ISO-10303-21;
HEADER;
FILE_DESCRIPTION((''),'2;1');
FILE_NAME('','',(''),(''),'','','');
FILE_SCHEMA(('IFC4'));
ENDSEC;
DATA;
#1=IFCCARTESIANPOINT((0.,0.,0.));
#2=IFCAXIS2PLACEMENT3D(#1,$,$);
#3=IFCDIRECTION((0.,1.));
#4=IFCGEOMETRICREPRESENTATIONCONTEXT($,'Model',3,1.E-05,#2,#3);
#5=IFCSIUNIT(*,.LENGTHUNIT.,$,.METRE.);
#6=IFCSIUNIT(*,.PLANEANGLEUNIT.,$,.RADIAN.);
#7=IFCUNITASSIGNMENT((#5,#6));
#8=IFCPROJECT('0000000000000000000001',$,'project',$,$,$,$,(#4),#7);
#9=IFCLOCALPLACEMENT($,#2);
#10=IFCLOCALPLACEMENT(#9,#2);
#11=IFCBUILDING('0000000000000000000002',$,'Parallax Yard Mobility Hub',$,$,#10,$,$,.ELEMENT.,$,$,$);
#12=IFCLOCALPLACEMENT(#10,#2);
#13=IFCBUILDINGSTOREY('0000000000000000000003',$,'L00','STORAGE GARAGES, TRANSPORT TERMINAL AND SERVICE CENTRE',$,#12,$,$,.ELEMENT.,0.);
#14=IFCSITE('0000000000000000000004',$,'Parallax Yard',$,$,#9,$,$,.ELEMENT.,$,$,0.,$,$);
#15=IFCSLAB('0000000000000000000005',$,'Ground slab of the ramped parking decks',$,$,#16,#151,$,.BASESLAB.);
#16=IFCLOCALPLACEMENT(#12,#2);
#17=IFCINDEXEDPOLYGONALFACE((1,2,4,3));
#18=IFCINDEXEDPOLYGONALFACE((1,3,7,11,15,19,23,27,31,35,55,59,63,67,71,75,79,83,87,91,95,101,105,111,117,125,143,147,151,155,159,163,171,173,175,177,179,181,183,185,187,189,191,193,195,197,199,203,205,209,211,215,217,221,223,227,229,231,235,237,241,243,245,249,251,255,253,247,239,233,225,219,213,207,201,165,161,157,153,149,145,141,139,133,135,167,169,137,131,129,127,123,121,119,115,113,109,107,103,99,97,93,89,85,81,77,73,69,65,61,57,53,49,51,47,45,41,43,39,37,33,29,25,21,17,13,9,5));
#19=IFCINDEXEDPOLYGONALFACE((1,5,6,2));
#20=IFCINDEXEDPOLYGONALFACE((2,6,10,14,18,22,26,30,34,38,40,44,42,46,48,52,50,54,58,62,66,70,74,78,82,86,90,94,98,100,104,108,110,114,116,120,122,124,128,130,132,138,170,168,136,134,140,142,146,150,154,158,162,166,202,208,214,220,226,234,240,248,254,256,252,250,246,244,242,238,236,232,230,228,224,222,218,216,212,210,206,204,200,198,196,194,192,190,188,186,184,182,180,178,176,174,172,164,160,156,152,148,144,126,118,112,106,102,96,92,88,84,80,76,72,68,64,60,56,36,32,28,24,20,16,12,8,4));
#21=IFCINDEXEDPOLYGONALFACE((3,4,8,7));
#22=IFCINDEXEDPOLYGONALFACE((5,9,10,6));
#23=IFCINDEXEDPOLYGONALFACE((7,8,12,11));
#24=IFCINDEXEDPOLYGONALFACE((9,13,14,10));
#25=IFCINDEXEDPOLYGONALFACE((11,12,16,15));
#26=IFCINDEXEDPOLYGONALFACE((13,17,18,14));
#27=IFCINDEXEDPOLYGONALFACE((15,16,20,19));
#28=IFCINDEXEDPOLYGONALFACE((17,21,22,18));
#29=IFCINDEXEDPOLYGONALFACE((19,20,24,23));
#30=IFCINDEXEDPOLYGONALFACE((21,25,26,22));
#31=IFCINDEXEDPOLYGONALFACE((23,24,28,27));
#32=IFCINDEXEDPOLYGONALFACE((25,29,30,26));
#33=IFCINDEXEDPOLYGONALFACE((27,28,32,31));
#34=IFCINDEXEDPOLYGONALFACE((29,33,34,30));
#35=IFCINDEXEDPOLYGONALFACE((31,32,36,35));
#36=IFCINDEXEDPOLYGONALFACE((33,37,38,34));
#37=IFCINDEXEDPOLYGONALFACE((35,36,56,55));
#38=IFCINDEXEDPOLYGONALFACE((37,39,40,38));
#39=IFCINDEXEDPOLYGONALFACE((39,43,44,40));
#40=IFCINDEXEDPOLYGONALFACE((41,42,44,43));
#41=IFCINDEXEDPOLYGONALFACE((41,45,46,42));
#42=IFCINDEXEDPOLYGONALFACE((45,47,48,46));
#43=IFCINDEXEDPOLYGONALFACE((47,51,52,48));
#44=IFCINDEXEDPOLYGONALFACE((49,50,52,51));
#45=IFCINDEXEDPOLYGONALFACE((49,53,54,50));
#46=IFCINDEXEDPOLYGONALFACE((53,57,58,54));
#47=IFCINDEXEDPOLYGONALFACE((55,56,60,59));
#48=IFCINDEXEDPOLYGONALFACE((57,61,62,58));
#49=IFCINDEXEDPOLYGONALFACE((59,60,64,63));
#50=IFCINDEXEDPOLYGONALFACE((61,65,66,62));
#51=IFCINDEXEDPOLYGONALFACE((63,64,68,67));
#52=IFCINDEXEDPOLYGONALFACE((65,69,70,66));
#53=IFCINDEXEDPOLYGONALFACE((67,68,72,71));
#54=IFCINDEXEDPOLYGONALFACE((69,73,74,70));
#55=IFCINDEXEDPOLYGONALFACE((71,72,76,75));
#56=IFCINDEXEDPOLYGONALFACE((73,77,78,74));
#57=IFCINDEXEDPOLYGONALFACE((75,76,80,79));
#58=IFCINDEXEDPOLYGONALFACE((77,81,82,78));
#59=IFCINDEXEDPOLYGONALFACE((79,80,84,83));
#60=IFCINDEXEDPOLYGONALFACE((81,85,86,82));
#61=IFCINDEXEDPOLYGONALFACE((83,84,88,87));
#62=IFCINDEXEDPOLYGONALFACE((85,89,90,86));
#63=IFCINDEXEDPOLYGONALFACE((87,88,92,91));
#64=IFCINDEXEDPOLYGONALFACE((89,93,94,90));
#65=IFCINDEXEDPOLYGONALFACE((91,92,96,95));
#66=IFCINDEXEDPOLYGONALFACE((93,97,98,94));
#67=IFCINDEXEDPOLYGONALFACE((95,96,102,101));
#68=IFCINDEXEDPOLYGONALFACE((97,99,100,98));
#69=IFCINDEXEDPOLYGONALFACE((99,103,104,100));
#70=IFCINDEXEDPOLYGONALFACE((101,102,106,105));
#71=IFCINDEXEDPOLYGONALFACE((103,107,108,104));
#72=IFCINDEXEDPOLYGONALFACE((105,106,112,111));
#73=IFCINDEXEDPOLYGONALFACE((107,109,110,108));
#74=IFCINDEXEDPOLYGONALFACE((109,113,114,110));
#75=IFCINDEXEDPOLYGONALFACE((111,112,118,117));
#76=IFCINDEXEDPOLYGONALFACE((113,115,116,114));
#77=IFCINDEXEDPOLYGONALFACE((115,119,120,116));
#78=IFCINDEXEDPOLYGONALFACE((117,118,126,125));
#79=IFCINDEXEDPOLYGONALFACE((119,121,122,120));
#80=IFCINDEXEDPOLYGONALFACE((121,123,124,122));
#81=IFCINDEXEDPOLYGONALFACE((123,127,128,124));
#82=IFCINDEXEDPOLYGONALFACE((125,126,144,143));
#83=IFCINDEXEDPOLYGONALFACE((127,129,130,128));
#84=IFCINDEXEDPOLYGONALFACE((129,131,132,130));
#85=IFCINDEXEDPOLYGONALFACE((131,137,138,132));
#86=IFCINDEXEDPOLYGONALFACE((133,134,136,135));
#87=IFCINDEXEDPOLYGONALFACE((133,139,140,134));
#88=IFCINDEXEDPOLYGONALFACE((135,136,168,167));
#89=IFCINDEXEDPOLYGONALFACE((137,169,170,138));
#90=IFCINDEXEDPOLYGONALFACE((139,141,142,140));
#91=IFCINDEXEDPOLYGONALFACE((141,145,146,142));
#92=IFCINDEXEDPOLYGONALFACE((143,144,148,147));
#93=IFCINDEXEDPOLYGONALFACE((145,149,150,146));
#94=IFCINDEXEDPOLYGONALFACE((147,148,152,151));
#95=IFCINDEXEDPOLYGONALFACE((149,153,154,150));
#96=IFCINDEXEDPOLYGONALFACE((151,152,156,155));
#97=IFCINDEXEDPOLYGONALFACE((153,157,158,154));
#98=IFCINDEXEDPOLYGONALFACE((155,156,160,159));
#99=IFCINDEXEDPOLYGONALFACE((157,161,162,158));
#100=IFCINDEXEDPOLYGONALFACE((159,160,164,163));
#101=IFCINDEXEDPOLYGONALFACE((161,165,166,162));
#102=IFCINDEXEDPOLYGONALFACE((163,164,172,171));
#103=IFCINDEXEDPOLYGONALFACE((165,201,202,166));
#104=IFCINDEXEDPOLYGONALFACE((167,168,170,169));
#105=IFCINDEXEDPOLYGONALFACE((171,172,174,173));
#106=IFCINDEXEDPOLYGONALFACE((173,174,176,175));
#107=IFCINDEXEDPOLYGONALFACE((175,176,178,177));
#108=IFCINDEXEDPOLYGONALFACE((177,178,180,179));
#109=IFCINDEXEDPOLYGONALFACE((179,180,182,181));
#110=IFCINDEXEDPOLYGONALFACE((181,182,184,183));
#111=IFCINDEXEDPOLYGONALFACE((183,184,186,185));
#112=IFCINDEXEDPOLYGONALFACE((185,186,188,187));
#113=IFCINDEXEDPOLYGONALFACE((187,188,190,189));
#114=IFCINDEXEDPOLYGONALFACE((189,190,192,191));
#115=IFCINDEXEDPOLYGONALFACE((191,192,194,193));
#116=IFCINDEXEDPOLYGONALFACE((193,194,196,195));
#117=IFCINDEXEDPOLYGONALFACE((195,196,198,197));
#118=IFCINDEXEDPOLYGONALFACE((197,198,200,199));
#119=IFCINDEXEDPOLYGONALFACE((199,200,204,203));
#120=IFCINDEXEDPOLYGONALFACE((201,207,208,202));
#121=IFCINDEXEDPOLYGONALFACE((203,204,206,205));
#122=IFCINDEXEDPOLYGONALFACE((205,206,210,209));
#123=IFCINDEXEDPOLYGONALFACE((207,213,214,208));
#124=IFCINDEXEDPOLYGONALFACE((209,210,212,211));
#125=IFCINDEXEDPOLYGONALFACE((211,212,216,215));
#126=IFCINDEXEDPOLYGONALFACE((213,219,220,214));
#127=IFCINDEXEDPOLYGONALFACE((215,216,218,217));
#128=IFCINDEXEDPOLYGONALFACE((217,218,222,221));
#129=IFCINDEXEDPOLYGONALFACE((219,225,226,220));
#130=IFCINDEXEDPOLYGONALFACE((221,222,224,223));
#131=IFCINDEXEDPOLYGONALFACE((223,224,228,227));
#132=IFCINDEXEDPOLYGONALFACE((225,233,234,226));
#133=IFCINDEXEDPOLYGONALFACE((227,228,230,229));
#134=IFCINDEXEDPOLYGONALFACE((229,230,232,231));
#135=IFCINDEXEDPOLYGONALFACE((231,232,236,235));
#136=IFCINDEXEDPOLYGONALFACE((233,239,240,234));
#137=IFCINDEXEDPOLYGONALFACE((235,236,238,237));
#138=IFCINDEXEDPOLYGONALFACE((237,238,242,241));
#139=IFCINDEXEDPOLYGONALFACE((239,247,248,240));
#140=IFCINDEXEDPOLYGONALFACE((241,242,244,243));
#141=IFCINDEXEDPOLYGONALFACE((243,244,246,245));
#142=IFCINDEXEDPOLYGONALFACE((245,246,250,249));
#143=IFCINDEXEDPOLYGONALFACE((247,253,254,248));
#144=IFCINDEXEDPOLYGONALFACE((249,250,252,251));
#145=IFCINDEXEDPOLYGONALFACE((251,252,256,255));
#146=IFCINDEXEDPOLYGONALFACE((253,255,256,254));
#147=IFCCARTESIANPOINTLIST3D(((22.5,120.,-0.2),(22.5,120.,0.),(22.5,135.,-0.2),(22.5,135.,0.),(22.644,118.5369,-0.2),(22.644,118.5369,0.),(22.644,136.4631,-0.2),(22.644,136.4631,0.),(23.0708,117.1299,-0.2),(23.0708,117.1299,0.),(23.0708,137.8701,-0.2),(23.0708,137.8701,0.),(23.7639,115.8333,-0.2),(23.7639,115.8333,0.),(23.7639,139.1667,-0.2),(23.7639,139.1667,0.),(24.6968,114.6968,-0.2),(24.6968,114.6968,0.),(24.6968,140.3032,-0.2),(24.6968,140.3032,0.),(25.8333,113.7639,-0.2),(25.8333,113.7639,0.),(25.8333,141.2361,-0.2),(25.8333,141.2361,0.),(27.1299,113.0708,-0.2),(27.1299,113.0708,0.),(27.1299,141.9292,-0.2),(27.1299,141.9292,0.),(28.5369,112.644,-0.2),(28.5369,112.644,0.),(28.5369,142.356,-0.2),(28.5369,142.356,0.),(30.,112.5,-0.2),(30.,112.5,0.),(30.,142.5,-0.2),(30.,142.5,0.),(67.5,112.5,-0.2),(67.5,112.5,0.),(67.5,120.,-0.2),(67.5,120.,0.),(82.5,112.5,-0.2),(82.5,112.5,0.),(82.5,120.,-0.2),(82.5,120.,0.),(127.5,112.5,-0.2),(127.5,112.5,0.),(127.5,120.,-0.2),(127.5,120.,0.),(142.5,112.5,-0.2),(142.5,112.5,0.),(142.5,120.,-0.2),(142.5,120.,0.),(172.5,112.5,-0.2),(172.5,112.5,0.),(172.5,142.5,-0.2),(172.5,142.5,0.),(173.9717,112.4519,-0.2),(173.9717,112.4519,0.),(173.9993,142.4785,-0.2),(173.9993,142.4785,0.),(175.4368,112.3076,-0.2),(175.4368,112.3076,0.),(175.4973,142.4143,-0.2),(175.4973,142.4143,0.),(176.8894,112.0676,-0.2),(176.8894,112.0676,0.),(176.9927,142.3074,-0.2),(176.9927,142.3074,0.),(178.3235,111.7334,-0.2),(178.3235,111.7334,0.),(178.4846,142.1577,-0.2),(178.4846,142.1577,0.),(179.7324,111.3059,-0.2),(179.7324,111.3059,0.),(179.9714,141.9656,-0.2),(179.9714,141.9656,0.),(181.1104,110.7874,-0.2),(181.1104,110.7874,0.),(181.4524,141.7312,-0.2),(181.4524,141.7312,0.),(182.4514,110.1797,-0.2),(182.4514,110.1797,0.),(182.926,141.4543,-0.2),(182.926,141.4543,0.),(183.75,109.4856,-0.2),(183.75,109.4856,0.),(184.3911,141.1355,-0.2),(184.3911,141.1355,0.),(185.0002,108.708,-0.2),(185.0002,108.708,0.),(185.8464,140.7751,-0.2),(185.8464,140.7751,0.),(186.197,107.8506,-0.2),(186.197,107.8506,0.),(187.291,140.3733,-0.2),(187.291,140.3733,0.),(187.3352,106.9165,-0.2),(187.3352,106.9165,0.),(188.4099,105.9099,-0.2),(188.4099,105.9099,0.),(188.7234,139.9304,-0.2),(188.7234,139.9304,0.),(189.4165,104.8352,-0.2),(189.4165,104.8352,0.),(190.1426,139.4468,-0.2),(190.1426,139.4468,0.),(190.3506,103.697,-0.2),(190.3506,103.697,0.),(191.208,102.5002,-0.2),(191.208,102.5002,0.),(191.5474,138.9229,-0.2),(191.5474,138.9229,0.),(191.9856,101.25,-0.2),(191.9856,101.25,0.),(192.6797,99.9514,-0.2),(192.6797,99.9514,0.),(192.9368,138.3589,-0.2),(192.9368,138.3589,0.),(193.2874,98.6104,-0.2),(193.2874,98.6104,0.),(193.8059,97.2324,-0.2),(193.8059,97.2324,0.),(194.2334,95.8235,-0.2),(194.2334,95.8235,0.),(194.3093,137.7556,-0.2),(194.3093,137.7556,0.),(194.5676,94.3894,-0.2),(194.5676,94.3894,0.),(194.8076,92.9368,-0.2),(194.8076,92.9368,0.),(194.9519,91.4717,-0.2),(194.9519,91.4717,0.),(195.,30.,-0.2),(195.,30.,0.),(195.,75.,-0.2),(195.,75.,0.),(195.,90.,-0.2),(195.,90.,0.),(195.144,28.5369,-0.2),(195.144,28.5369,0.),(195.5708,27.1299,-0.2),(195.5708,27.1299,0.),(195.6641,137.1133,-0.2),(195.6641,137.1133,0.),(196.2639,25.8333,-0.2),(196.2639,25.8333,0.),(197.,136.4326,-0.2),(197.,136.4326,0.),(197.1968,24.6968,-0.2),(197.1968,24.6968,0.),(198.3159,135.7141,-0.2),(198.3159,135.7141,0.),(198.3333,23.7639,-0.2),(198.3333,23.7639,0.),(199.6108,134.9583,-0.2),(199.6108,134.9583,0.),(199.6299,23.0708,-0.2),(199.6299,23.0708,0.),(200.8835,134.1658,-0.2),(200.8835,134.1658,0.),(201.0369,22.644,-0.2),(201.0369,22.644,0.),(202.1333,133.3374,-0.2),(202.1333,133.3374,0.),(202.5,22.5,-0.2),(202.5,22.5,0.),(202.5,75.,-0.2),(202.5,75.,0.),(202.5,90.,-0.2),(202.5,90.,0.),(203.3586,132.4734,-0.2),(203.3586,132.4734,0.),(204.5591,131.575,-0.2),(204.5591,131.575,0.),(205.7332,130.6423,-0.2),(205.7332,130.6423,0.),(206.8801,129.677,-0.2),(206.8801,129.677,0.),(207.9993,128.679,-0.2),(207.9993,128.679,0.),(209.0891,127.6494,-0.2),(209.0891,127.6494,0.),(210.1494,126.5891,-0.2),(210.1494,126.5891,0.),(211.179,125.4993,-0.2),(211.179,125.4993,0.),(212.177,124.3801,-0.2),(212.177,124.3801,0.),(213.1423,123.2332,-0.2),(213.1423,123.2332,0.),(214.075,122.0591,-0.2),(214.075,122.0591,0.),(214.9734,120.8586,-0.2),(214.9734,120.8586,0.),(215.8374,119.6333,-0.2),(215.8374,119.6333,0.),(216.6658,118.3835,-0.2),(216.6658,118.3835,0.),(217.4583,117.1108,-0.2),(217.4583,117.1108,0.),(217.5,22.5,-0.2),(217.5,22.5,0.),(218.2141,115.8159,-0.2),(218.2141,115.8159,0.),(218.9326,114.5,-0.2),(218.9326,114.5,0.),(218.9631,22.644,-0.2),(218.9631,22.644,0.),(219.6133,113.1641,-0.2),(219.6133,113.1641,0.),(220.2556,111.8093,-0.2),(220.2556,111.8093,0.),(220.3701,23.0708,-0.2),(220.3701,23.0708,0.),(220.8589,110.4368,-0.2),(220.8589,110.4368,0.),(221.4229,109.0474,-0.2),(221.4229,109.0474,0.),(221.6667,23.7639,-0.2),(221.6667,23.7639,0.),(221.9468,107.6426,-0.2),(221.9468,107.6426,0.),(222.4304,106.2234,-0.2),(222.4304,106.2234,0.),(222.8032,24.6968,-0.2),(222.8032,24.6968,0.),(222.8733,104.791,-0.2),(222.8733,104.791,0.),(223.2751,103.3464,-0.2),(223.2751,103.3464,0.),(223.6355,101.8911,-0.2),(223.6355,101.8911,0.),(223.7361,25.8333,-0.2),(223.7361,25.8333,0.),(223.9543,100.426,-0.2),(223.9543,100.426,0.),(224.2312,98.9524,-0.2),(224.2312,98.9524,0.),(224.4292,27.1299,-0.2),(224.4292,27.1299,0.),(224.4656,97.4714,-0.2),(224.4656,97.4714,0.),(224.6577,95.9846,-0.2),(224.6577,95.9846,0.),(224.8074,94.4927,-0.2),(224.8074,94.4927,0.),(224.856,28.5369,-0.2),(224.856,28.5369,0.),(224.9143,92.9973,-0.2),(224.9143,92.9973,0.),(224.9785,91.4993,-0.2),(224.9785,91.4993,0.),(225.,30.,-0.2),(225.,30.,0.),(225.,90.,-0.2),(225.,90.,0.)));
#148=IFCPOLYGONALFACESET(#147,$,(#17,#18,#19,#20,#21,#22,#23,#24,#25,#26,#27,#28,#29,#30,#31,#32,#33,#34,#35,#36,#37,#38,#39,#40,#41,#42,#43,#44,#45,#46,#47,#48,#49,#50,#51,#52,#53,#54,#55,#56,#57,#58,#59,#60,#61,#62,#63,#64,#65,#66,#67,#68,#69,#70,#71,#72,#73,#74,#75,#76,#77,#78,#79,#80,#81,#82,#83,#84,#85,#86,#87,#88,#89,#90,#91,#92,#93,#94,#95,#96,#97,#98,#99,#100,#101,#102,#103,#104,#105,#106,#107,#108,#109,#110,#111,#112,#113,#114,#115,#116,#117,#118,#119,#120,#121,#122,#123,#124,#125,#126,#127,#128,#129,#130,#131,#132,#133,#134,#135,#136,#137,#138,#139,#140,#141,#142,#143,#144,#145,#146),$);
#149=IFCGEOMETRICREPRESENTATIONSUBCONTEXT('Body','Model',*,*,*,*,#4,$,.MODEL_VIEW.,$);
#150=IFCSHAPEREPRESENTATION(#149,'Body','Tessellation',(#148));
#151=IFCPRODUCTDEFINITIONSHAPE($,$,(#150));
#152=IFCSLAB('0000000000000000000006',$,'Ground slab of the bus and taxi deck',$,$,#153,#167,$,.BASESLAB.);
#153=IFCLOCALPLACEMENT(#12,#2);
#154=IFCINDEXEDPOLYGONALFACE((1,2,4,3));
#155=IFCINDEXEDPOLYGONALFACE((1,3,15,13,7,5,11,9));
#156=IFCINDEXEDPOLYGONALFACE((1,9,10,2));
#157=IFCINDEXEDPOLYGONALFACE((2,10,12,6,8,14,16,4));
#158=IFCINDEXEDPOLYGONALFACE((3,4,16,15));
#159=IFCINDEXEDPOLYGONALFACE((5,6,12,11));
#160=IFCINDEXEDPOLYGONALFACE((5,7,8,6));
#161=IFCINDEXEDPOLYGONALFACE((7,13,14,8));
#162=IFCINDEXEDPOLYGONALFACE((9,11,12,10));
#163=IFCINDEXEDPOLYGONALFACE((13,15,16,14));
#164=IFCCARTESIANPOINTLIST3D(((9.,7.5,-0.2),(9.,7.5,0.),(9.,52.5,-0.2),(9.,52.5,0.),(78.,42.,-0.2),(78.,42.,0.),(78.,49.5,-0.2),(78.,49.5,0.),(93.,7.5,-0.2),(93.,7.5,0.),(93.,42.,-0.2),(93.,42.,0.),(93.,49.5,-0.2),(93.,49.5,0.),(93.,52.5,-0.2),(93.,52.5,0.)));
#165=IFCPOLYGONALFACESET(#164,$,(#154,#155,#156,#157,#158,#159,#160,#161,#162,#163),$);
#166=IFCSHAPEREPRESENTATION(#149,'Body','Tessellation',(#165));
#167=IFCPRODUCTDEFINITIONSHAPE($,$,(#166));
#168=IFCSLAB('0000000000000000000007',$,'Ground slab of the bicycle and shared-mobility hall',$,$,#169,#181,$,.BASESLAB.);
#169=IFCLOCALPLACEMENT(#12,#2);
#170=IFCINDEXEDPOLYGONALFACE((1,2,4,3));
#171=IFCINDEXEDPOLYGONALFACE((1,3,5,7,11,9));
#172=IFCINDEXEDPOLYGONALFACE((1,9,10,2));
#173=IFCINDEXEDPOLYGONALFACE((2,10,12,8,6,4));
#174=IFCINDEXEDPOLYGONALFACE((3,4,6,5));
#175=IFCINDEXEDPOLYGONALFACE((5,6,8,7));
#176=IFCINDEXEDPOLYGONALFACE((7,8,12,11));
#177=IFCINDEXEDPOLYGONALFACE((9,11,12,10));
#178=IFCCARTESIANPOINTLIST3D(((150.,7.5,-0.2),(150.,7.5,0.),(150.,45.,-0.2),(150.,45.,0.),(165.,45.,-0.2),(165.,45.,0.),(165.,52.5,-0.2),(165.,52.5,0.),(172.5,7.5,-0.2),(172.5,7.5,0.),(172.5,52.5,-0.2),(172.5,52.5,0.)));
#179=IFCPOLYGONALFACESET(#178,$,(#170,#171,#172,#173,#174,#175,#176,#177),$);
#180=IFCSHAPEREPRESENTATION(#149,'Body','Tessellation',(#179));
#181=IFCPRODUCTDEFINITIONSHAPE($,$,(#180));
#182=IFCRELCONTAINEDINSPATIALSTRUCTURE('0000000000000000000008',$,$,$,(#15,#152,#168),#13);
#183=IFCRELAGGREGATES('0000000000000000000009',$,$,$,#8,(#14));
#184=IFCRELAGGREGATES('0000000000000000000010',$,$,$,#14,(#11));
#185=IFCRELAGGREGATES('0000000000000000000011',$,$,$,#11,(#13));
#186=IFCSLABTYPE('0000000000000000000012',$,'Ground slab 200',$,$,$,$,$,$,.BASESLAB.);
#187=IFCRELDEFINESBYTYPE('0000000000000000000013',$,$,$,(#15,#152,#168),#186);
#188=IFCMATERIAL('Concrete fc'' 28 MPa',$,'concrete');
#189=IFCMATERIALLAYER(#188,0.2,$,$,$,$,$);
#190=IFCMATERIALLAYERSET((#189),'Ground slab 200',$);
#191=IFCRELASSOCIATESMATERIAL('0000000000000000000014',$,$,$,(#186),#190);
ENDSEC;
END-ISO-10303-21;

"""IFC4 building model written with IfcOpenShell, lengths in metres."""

from ifc_helpers import new_model, si_unit, direction, frame, origin, place, context, subcontext, project, spatial, polyline, outline, extrude, material, layer, layer_set, type_object, element, save


model = new_model("IFC4")

# Units and contexts
model_context = context("Model", 3, precision=1e-05, world=origin(), true_north=direction((0.0, 1.0)))
body_context = subcontext(model_context, "Body", "Model", "MODEL_VIEW")
ifc_project = project(units=[si_unit("LENGTHUNIT", "METRE"), si_unit("PLANEANGLEUNIT", "RADIAN")], contexts=[model_context])

# Site, building, storey
site_placement = place(None, origin())
site = spatial("IfcSite", under=ifc_project, at=site_placement, Name="Parallax Yard", CompositionType="ELEMENT", RefElevation=0.0)
building_placement = place(site_placement, origin())
building = spatial("IfcBuilding", under=site, at=building_placement, Name="Parallax Yard Mobility Hub", CompositionType="ELEMENT")
storey_placement = place(building_placement, origin())
storey = spatial("IfcBuildingStorey", under=building, at=storey_placement, Name="L00", Description="STORAGE GARAGES, TRANSPORT TERMINAL AND SERVICE CENTRE", CompositionType="ELEMENT", Elevation=0.0)

# Slabs
ifc_material_1 = material(Name="Concrete fc' 28 MPa", Category="concrete")
ifc_layer_1 = layer(ifc_material_1, 0.2)
ifc_layer_set_1 = layer_set([ifc_layer_1], Name="Ground slab 200")
slab_type_1 = type_object("IfcSlabType", Name="Ground slab 200", PredefinedType="BASESLAB", material=ifc_layer_set_1)
slab_1_placement = place(storey_placement, frame((0.0, 0.0, -0.2)))
element("IfcSlab", 1, at=slab_1_placement, inside=storey, type_object=slab_type_1, Name="Ground slab of the ramped parking decks", PredefinedType="BASESLAB", context=body_context, shape_type="SweptSolid", body=[
    extrude(outline(polyline([(25.8333, 141.2361), (24.6968, 140.3032), (23.7639, 139.1667), (23.0708, 137.8701), (22.644, 136.4631), (22.5, 135.0), (22.5, 120.0), (22.644, 118.5369), (23.0708, 117.1299), (23.7639, 115.8333), (24.6968, 114.6968), (25.8333, 113.7639), (27.1299, 113.0708), (28.5369, 112.644), (30.0, 112.5), (67.5, 112.5), (67.5, 120.0), (82.5, 120.0), (82.5, 112.5), (127.5, 112.5), (127.5, 120.0), (142.5, 120.0), (142.5, 112.5), (172.5, 112.5), (173.9717, 112.4519), (175.4368, 112.3076), (176.8894, 112.0676), (178.3235, 111.7334), (179.7324, 111.3059), (181.1104, 110.7874), (182.4514, 110.1797), (183.75, 109.4856), (185.0002, 108.708), (186.197, 107.8506), (187.3352, 106.9165), (188.4099, 105.9099), (189.4165, 104.8352), (190.3506, 103.697), (191.208, 102.5002), (191.9856, 101.25), (192.6797, 99.9514), (193.2874, 98.6104), (193.8059, 97.2324), (194.2334, 95.8235), (194.5676, 94.3894), (194.8076, 92.9368), (194.9519, 91.4717), (195.0, 90.0), (202.5, 90.0), (202.5, 75.0), (195.0, 75.0), (195.0, 30.0), (195.144, 28.5369), (195.5708, 27.1299), (196.2639, 25.8333), (197.1968, 24.6968), (198.3333, 23.7639), (199.6299, 23.0708), (201.0369, 22.644), (202.5, 22.5), (217.5, 22.5), (218.9631, 22.644), (220.3701, 23.0708), (221.6667, 23.7639), (222.8032, 24.6968), (223.7361, 25.8333), (224.4292, 27.1299), (224.856, 28.5369), (225.0, 30.0), (225.0, 90.0), (224.9785, 91.4993), (224.9143, 92.9973), (224.8074, 94.4927), (224.6577, 95.9846), (224.4656, 97.4714), (224.2312, 98.9524), (223.9543, 100.426), (223.6355, 101.8911), (223.2751, 103.3464), (222.8733, 104.791), (222.4304, 106.2234), (221.9468, 107.6426), (221.4229, 109.0474), (220.8589, 110.4368), (220.2556, 111.8093), (219.6133, 113.1641), (218.9326, 114.5), (218.2141, 115.8159), (217.4583, 117.1108), (216.6658, 118.3835), (215.8374, 119.6333), (214.9734, 120.8586), (214.075, 122.0591), (213.1423, 123.2332), (212.177, 124.3801), (211.179, 125.4993), (210.1494, 126.5891), (209.0891, 127.6494), (207.9993, 128.679), (206.8801, 129.677), (205.7332, 130.6423), (204.5591, 131.575), (203.3586, 132.4734), (202.1333, 133.3374), (200.8835, 134.1658), (199.6108, 134.9583), (198.3159, 135.7141), (197.0, 136.4326), (195.6641, 137.1133), (194.3093, 137.7556), (192.9368, 138.3589), (191.5474, 138.9229), (190.1426, 139.4468), (188.7234, 139.9304), (187.291, 140.3733), (185.8464, 140.7751), (184.3911, 141.1355), (182.926, 141.4543), (181.4524, 141.7312), (179.9714, 141.9656), (178.4846, 142.1577), (176.9927, 142.3074), (175.4973, 142.4143), (173.9993, 142.4785), (172.5, 142.5), (30.0, 142.5), (28.5369, 142.356), (27.1299, 141.9292), (25.8333, 141.2361)])), origin(), (0.0, 0.0, 1.0), 0.2),
])
slab_2_placement = place(storey_placement, frame((0.0, 0.0, -0.2)))
element("IfcSlab", 2, at=slab_2_placement, inside=storey, type_object=slab_type_1, Name="Ground slab of the bus and taxi deck", PredefinedType="BASESLAB", context=body_context, shape_type="SweptSolid", body=[
    extrude(outline(polyline([(93.0, 7.5), (93.0, 42.0), (78.0, 42.0), (78.0, 49.5), (93.0, 49.5), (93.0, 52.5), (9.0, 52.5), (9.0, 7.5), (93.0, 7.5)])), origin(), (0.0, 0.0, 1.0), 0.2),
])
slab_3_placement = place(storey_placement, frame((0.0, 0.0, -0.2)))
element("IfcSlab", 3, at=slab_3_placement, inside=storey, type_object=slab_type_1, Name="Ground slab of the bicycle and shared-mobility hall", PredefinedType="BASESLAB", context=body_context, shape_type="SweptSolid", body=[
    extrude(outline(polyline([(172.5, 52.5), (165.0, 52.5), (165.0, 45.0), (150.0, 45.0), (150.0, 7.5), (172.5, 7.5), (172.5, 52.5)])), origin(), (0.0, 0.0, 1.0), 0.2),
])

save(model, "model.ifc")
